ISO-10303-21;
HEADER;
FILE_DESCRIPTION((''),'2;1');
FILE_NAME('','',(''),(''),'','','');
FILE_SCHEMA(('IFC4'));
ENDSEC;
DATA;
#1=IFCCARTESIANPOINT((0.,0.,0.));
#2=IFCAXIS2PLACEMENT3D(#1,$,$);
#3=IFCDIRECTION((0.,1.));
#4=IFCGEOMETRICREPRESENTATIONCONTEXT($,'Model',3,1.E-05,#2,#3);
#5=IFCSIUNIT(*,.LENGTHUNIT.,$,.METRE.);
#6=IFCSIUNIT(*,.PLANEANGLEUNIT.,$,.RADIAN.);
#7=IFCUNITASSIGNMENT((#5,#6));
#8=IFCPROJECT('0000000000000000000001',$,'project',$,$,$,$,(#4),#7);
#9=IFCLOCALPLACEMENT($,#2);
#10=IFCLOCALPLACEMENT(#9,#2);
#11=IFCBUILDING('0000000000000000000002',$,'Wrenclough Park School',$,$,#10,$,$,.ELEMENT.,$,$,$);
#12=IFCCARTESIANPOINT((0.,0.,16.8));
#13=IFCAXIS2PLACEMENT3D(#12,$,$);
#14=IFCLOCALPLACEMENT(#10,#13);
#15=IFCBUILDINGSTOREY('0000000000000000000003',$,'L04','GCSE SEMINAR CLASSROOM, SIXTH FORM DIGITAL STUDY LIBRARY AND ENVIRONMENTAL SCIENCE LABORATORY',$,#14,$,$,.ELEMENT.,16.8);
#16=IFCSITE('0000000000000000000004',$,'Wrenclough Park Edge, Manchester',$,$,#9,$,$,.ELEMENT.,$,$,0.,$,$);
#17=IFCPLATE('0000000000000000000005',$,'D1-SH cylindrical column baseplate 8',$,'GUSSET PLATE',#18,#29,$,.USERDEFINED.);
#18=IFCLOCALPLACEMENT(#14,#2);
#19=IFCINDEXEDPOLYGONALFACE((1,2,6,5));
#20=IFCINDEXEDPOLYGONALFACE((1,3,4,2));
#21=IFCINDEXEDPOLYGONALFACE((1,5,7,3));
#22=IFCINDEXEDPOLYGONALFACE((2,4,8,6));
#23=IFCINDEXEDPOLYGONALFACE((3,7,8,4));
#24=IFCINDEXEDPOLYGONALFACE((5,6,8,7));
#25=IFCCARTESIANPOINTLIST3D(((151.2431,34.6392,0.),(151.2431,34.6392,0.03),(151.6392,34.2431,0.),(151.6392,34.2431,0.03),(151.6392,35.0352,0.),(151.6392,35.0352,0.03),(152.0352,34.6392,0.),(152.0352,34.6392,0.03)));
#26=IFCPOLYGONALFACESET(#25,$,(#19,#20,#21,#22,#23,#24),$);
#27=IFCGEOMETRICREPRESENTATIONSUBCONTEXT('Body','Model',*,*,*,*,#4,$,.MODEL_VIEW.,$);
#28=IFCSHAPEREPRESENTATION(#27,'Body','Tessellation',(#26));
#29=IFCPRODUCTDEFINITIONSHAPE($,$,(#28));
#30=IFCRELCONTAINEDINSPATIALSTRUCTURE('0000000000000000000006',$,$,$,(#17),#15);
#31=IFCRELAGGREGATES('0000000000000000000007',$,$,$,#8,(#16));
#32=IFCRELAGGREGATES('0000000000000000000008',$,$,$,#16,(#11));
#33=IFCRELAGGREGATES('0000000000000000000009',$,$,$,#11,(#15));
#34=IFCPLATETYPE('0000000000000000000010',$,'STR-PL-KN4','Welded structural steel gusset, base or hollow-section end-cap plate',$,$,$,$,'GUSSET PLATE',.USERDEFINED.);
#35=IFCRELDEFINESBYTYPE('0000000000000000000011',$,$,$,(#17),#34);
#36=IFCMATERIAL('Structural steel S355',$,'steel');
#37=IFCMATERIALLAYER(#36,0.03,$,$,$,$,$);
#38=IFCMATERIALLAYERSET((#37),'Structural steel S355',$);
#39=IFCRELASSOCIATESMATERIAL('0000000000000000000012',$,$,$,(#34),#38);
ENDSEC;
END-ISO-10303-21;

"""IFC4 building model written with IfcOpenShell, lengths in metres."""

from ifc_helpers import new_model, si_unit, direction, frame, origin, origin_2d, place, context, subcontext, project, spatial, rectangle, extrude, material, layer, layer_set, type_object, element, save


model = new_model("IFC4")

# Units and contexts
model_context = context("Model", 3, precision=1e-05, world=origin(), true_north=direction((0.0, 1.0)))
body_context = subcontext(model_context, "Body", "Model", "MODEL_VIEW")
ifc_project = project(units=[si_unit("LENGTHUNIT", "METRE"), si_unit("PLANEANGLEUNIT", "RADIAN")], contexts=[model_context])

# Site, building, storey
site_placement = place(None, origin())
site = spatial("IfcSite", under=ifc_project, at=site_placement, Name="Wrenclough Park Edge, Manchester", CompositionType="ELEMENT", RefElevation=0.0)
building_placement = place(site_placement, origin())
building = spatial("IfcBuilding", under=site, at=building_placement, Name="Wrenclough Park School", CompositionType="ELEMENT")
storey_placement = place(building_placement, frame((0.0, 0.0, 16.8)))
storey = spatial("IfcBuildingStorey", under=building, at=storey_placement, Name="L04", Description="GCSE SEMINAR CLASSROOM, SIXTH FORM DIGITAL STUDY LIBRARY AND ENVIRONMENTAL SCIENCE LABORATORY", CompositionType="ELEMENT", Elevation=16.8)

# Shared definitions
ifc_material_1 = material(Name="Structural steel S355", Category="steel")

# Plate
ifc_layer_1 = layer(ifc_material_1, 0.03)
ifc_layer_set_1 = layer_set([ifc_layer_1], Name="Structural steel S355")
plate_type_1 = type_object("IfcPlateType", Name="STR-PL-KN4", Description="Welded structural steel gusset, base or hollow-section end-cap plate", ElementType="GUSSET PLATE", PredefinedType="USERDEFINED", material=ifc_layer_set_1)
plate_1_placement = place(storey_placement, frame((151.6392, 34.6392, 0.0), z_axis=(0.0, 0.0, 1.0), x_axis=(0.707107, -0.707107, 0.0)))
element("IfcPlate", 1, at=plate_1_placement, inside=storey, type_object=plate_type_1, Name="D1-SH cylindrical column baseplate 8", ObjectType="GUSSET PLATE", PredefinedType="USERDEFINED", context=body_context, shape_type="SweptSolid", body=[
    extrude(rectangle(XDim=0.5601, YDim=0.5601, at=origin_2d()), origin(), (0.0, 0.0, 1.0), 0.03),
])

save(model, "model.ifc")
